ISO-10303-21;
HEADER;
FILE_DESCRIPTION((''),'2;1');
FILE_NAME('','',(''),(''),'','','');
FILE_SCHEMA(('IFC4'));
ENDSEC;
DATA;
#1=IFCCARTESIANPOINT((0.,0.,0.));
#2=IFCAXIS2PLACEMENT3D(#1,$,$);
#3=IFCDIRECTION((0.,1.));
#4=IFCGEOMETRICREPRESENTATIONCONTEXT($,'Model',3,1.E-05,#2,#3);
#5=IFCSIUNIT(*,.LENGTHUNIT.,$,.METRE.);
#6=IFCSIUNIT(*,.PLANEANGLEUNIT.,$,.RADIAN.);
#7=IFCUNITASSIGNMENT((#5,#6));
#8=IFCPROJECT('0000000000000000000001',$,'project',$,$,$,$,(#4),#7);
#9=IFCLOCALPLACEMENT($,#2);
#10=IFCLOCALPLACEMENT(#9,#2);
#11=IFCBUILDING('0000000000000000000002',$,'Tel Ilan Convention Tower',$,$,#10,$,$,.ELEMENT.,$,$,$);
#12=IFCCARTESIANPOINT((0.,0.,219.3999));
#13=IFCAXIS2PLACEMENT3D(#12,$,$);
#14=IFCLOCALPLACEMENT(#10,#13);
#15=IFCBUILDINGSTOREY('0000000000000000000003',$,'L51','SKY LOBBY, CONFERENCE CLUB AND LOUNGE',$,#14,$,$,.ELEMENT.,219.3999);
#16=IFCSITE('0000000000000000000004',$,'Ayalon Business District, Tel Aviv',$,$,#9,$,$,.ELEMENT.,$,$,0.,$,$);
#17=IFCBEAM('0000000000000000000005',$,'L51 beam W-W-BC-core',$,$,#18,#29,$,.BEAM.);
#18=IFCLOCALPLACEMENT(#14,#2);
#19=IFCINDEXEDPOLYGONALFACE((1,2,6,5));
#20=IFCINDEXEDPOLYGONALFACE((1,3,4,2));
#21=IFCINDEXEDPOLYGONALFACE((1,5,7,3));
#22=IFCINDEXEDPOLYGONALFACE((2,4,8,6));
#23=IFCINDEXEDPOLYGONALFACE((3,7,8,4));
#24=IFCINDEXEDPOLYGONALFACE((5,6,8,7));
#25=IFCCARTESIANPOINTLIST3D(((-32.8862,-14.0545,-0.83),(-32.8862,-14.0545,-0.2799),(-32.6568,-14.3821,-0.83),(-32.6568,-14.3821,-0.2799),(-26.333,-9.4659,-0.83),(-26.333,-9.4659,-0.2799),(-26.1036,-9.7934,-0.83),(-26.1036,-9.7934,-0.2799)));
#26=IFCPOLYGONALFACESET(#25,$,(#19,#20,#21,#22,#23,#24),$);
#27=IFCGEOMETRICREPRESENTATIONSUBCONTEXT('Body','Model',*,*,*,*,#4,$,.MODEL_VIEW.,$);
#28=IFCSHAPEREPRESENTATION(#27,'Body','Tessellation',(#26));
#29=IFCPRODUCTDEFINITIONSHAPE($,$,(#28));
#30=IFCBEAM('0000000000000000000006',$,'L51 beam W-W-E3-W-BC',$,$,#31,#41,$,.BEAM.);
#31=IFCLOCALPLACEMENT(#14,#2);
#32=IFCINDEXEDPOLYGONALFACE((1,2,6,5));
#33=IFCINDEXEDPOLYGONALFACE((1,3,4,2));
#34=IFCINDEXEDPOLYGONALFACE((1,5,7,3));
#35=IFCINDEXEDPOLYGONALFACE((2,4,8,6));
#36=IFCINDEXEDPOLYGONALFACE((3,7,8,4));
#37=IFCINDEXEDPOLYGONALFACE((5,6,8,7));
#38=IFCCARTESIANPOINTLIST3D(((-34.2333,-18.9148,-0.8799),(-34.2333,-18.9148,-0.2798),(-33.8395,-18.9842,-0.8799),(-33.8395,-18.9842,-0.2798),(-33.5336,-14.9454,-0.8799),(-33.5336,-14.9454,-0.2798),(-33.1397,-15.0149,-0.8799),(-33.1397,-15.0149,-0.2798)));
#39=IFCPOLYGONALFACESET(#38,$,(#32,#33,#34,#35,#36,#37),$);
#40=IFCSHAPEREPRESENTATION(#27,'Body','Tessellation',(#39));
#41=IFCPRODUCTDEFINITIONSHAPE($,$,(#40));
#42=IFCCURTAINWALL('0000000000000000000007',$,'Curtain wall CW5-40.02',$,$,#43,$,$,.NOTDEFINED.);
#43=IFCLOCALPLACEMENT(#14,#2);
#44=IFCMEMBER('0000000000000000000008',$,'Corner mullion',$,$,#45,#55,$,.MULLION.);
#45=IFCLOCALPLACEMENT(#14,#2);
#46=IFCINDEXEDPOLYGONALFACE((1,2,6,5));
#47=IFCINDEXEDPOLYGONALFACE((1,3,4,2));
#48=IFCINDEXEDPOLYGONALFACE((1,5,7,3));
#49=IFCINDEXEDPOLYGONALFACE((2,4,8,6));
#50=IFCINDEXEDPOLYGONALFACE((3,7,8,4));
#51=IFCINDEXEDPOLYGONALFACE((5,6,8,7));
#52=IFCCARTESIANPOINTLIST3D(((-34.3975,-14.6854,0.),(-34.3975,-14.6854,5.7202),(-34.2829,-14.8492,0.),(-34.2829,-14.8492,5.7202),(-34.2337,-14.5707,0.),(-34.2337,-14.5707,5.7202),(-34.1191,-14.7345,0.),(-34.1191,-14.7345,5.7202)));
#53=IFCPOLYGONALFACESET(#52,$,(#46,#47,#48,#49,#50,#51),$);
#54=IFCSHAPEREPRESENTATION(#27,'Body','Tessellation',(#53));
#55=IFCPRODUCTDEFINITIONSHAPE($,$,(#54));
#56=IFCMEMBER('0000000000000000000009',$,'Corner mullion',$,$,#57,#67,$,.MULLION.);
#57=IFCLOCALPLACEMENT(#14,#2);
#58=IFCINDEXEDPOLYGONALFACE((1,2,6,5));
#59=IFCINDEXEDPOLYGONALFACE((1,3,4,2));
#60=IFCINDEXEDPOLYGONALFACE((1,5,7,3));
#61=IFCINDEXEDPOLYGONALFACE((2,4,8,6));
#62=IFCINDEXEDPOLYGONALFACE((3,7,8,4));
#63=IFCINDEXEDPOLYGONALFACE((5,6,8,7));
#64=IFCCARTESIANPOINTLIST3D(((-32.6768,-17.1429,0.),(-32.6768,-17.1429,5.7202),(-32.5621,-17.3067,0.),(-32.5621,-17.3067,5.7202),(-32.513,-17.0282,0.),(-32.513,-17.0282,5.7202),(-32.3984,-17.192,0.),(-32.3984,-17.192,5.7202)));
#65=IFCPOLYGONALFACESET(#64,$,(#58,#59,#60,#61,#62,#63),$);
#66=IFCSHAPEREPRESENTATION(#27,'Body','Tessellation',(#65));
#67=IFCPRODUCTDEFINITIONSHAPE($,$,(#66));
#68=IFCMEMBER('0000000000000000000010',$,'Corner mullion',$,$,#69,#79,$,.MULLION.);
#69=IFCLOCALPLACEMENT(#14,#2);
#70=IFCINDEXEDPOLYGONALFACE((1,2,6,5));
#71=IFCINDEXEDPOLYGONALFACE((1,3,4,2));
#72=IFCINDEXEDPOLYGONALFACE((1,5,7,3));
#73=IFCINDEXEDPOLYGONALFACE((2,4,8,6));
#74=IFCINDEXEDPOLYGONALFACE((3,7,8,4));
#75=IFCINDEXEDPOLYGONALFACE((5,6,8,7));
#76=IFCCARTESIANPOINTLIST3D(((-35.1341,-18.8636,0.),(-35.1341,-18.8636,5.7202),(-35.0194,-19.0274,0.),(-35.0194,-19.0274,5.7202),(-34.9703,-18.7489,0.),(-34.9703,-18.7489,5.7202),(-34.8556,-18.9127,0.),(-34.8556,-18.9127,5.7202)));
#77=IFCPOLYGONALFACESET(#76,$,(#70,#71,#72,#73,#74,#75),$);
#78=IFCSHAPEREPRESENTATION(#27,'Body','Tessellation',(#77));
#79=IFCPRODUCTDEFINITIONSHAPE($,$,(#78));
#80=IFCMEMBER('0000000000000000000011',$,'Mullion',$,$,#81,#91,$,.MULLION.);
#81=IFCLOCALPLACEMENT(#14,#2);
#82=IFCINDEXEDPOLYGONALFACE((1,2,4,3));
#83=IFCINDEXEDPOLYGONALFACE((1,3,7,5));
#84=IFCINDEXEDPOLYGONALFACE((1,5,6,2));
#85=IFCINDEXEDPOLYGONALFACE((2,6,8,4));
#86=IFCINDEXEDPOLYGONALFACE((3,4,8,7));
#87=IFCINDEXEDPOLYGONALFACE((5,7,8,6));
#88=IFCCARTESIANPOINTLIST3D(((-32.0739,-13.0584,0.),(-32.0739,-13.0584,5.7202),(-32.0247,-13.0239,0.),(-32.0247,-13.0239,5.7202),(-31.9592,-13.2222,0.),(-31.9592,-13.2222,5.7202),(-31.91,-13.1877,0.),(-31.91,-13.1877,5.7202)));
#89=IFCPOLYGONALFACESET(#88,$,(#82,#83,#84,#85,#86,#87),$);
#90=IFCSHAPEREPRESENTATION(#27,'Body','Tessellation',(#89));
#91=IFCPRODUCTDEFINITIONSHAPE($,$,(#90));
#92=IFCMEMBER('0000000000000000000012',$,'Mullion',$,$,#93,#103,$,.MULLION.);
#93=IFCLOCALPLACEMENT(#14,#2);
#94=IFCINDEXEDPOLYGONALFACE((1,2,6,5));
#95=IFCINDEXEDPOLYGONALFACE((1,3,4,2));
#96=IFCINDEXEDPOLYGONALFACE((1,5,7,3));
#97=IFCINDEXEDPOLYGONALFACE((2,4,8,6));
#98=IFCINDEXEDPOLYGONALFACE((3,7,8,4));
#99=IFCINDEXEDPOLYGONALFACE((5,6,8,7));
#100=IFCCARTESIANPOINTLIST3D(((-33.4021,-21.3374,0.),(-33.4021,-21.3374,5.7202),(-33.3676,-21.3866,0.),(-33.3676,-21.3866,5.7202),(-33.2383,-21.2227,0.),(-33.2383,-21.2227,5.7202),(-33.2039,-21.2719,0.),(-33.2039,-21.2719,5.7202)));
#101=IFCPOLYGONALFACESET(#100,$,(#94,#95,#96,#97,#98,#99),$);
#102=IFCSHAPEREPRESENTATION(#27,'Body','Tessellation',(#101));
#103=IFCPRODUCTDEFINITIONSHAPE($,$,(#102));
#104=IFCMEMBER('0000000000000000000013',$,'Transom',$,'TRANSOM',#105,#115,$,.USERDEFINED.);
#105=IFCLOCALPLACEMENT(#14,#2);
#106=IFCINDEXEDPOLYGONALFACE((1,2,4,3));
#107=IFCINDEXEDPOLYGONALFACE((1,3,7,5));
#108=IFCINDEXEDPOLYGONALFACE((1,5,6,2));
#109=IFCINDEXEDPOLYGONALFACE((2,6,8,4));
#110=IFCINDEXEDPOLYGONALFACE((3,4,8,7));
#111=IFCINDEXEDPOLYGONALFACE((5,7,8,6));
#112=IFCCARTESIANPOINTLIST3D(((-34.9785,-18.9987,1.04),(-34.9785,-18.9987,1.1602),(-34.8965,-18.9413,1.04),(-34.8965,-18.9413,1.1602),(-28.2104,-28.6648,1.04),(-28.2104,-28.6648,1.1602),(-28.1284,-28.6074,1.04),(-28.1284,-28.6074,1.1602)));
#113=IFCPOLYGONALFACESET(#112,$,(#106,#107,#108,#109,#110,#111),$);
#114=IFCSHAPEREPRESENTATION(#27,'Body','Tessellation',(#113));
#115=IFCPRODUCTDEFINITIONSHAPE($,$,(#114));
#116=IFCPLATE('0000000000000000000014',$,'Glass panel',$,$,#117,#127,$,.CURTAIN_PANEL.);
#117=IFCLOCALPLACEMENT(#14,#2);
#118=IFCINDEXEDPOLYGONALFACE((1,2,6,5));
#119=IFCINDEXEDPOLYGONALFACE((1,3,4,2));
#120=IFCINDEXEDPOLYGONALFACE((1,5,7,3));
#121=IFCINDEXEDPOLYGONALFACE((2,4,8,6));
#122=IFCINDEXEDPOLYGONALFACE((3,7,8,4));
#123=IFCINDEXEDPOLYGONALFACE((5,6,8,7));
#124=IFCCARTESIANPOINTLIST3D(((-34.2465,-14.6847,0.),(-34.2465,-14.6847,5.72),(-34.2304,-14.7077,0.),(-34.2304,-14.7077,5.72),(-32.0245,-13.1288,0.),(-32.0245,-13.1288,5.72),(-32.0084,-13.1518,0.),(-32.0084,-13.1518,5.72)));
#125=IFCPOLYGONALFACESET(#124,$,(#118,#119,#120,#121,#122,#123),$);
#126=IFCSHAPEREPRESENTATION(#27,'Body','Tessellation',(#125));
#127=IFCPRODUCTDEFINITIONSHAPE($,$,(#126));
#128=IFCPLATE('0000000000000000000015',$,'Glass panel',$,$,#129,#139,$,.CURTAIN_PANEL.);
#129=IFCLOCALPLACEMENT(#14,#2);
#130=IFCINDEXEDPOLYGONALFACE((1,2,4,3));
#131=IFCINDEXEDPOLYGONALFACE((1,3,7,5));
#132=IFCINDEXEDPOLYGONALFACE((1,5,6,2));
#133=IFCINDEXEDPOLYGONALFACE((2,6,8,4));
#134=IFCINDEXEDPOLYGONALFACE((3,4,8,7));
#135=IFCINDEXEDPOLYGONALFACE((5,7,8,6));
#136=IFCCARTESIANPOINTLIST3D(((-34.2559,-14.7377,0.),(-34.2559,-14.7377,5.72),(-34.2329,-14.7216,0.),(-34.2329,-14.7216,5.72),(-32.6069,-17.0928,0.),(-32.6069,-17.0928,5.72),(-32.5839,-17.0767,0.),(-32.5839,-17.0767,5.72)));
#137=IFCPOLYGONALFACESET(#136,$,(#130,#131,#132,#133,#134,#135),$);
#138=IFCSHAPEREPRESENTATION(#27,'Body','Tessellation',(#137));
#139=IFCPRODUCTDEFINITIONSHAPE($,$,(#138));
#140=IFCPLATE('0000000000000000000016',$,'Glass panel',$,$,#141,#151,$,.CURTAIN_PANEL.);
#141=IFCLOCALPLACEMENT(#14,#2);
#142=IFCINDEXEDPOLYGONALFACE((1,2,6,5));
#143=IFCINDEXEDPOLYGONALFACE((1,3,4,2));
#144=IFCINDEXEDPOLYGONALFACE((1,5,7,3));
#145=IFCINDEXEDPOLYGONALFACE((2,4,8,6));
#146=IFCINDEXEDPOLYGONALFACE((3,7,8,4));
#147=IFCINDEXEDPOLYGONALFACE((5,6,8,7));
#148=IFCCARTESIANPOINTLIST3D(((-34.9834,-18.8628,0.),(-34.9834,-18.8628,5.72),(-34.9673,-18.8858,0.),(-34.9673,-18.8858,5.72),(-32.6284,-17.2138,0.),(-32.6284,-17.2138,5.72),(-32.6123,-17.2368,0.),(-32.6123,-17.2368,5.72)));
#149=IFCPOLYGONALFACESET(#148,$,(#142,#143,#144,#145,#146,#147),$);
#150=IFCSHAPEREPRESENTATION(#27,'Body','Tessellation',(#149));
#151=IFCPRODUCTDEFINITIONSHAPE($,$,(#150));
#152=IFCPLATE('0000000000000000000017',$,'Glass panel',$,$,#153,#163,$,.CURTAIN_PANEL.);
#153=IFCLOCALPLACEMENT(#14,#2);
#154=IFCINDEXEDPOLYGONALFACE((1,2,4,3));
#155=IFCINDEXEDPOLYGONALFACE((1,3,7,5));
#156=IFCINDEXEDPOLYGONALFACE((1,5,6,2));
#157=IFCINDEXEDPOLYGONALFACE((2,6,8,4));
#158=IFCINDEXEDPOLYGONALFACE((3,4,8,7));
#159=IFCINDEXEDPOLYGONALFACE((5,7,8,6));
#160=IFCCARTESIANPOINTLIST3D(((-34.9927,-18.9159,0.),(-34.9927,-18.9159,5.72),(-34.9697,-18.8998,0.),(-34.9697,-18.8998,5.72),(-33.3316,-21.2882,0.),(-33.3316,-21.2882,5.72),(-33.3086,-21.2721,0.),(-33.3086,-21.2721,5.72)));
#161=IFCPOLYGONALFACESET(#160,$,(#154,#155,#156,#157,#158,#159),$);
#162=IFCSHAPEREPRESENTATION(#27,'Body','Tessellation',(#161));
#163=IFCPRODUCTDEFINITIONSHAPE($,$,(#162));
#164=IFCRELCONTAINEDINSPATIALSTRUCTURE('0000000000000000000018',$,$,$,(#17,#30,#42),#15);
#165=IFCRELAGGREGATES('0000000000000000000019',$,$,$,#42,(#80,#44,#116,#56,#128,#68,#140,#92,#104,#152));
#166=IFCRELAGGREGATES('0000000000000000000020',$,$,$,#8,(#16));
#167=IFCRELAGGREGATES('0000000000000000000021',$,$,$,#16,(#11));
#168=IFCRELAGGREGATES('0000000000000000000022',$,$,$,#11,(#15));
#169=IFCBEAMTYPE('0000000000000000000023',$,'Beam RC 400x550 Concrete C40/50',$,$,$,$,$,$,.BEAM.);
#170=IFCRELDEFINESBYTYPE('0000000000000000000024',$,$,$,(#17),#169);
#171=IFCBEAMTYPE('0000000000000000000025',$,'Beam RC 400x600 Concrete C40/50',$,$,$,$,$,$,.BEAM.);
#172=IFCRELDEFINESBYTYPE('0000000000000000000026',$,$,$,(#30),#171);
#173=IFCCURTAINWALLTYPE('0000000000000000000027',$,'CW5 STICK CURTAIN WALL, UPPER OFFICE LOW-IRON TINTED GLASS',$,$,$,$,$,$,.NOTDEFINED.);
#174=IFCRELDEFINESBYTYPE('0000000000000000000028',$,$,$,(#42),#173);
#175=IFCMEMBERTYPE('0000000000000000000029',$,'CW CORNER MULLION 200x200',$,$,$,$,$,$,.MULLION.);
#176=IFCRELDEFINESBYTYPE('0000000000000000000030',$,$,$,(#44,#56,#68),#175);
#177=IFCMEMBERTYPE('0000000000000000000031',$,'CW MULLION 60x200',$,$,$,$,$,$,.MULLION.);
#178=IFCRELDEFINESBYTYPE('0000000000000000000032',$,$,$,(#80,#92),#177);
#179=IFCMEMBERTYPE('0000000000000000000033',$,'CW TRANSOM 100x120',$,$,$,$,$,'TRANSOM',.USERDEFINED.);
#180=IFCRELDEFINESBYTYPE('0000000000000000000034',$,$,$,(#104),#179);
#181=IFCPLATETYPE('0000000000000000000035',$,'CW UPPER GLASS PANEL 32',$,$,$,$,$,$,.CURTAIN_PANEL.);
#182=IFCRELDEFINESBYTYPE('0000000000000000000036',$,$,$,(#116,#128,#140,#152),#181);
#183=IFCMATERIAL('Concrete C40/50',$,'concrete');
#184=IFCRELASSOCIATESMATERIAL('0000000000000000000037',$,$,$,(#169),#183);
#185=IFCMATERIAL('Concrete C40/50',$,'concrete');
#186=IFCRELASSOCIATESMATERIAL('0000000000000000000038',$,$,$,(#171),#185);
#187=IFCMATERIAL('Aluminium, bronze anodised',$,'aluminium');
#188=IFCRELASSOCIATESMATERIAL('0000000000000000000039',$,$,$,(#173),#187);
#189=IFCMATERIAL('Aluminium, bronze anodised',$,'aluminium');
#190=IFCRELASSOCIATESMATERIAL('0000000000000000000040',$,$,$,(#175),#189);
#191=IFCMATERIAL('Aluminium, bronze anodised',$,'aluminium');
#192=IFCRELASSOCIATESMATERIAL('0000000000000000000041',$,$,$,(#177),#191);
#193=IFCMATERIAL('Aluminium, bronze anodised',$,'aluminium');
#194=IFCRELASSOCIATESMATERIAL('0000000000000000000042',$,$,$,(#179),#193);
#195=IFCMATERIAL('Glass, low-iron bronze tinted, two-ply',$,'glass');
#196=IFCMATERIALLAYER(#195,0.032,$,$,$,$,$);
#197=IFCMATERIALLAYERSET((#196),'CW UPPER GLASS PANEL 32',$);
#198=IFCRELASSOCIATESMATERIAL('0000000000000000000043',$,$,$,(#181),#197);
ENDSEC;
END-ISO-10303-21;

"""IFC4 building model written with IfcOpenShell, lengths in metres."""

from ifc_helpers import new_model, si_unit, direction, frame, origin, origin_2d, place, context, subcontext, project, spatial, rectangle, extrude, material, layer, layer_set, material_profile, profile_set, type_object, element, aggregate, save


model = new_model("IFC4")

# Units and contexts
model_context = context("Model", 3, precision=1e-05, world=origin(), true_north=direction((0.0, 1.0)))
body_context = subcontext(model_context, "Body", "Model", "MODEL_VIEW")
ifc_project = project(units=[si_unit("LENGTHUNIT", "METRE"), si_unit("PLANEANGLEUNIT", "RADIAN")], contexts=[model_context])

# Site, building, storey
site_placement = place(None, origin())
site = spatial("IfcSite", under=ifc_project, at=site_placement, Name="Ayalon Business District, Tel Aviv", CompositionType="ELEMENT", RefElevation=0.0)
building_placement = place(site_placement, origin())
building = spatial("IfcBuilding", under=site, at=building_placement, Name="Tel Ilan Convention Tower", CompositionType="ELEMENT")
storey_placement = place(building_placement, frame((0.0, 0.0, 219.3999)))
storey = spatial("IfcBuildingStorey", under=building, at=storey_placement, Name="L51", Description="SKY LOBBY, CONFERENCE CLUB AND LOUNGE", CompositionType="ELEMENT", Elevation=219.3999)

# Beams
ifc_material_1 = material(Name="Concrete C40/50", Category="concrete")
ifc_material_profile_1 = material_profile(ifc_material_1, rectangle(XDim=0.3999, YDim=0.55, at=origin_2d()), Name="RC 400x550")
ifc_profile_set_1 = profile_set([ifc_material_profile_1], Name="Concrete C40/50")
beam_type_1 = type_object("IfcBeamType", Name="Beam RC 400x550 Concrete C40/50", PredefinedType="BEAM", material=ifc_profile_set_1)
beam_1_placement = place(storey_placement, frame((-32.7715, -14.2183, -0.5549), z_axis=(0.819152, 0.573577, 0.0), x_axis=(-0.573577, 0.819152, 0.0)))
element("IfcBeam", 1, at=beam_1_placement, inside=storey, type_object=beam_type_1, Name="L51 beam W-W-BC-core", PredefinedType="BEAM", context=body_context, shape_type="SweptSolid", body=[
    extrude(rectangle(XDim=0.3999, YDim=0.55, at=origin_2d()), origin(), (0.0, 0.0, 1.0), 8.0),
])
ifc_material_2 = material(Name="Concrete C40/50", Category="concrete")
ifc_material_profile_2 = material_profile(ifc_material_2, rectangle(XDim=0.3999, YDim=0.6001, at=origin_2d()), Name="RC 400x600")
ifc_profile_set_2 = profile_set([ifc_material_profile_2], Name="Concrete C40/50")
beam_type_2 = type_object("IfcBeamType", Name="Beam RC 400x600 Concrete C40/50", PredefinedType="BEAM", material=ifc_profile_set_2)
beam_2_placement = place(storey_placement, frame((-34.0364, -18.9495, -0.5798), z_axis=(0.173606, 0.984815, 0.0), x_axis=(-0.984815, 0.173606, 0.0)))
element("IfcBeam", 2, at=beam_2_placement, inside=storey, type_object=beam_type_2, Name="L51 beam W-W-E3-W-BC", PredefinedType="BEAM", context=body_context, shape_type="SweptSolid", body=[
    extrude(rectangle(XDim=0.3999, YDim=0.6001, at=origin_2d()), origin(), (0.0, 0.0, 1.0), 4.0305),
])

# Curtain wall, members, plates
ifc_material_3 = material(Name="Aluminium, bronze anodised", Category="aluminium")
curtain_wall_type = type_object("IfcCurtainWallType", Name="CW5 STICK CURTAIN WALL, UPPER OFFICE LOW-IRON TINTED GLASS", PredefinedType="NOTDEFINED", material=ifc_material_3)
curtain_wall_placement = place(storey_placement, origin())
curtain_wall = element("IfcCurtainWall", 3, at=curtain_wall_placement, inside=storey, type_object=curtain_wall_type, Name="Curtain wall CW5-40.02", PredefinedType="NOTDEFINED")
ifc_material_4 = material(Name="Aluminium, bronze anodised", Category="aluminium")
ifc_material_profile_3 = material_profile(ifc_material_4, rectangle(XDim=0.2, YDim=0.2, at=origin_2d()), Name="CW CORNER MULLION 200x200")
ifc_profile_set_3 = profile_set([ifc_material_profile_3], Name="Aluminium, bronze anodised")
member_type_1 = type_object("IfcMemberType", Name="CW CORNER MULLION 200x200", PredefinedType="MULLION", material=ifc_profile_set_3)
member_1_placement = place(storey_placement, frame((-34.2583, -14.71, 0.0), z_axis=(0.0, 0.0, 1.0), x_axis=(-0.819152, -0.573576, 0.0)))
member_1 = element("IfcMember", 4, at=member_1_placement, type_object=member_type_1, Name="Corner mullion", PredefinedType="MULLION", context=body_context, shape_type="SweptSolid", body=[
    extrude(rectangle(XDim=0.2, YDim=0.2, at=origin_2d()), origin(), (0.0, 0.0, 1.0), 5.7202),
])
member_2_placement = place(storey_placement, frame((-32.5376, -17.1675, 0.0), z_axis=(0.0, 0.0, 1.0), x_axis=(0.573576, -0.819152, 0.0)))
member_2 = element("IfcMember", 5, at=member_2_placement, type_object=member_type_1, Name="Corner mullion", PredefinedType="MULLION", context=body_context, shape_type="SweptSolid", body=[
    extrude(rectangle(XDim=0.2, YDim=0.2, at=origin_2d()), origin(), (0.0, 0.0, 1.0), 5.7202),
])
member_3_placement = place(storey_placement, frame((-34.9949, -18.8882, 0.0), z_axis=(0.0, 0.0, 1.0), x_axis=(-0.819152, -0.573576, 0.0)))
member_3 = element("IfcMember", 6, at=member_3_placement, type_object=member_type_1, Name="Corner mullion", PredefinedType="MULLION", context=body_context, shape_type="SweptSolid", body=[
    extrude(rectangle(XDim=0.2, YDim=0.2, at=origin_2d()), origin(), (0.0, 0.0, 1.0), 5.7202),
])
ifc_material_5 = material(Name="Aluminium, bronze anodised", Category="aluminium")
ifc_material_profile_4 = material_profile(ifc_material_5, rectangle(XDim=0.0601, YDim=0.2, at=origin_2d()), Name="CW MULLION 60x200")
ifc_profile_set_4 = profile_set([ifc_material_profile_4], Name="Aluminium, bronze anodised")
member_type_2 = type_object("IfcMemberType", Name="CW MULLION 60x200", PredefinedType="MULLION", material=ifc_profile_set_4)
member_4_placement = place(storey_placement, frame((-31.9919, -13.123, 0.0), z_axis=(0.0, 0.0, 1.0), x_axis=(-0.819152, -0.573576, 0.0)))
member_4 = element("IfcMember", 7, at=member_4_placement, type_object=member_type_2, Name="Mullion", PredefinedType="MULLION", context=body_context, shape_type="SweptSolid", body=[
    extrude(rectangle(XDim=0.0601, YDim=0.2, at=origin_2d()), origin(), (0.0, 0.0, 1.0), 5.7202),
])
member_5_placement = place(storey_placement, frame((-33.303, -21.3047, 0.0), z_axis=(0.0, 0.0, 1.0), x_axis=(0.573576, -0.819152, 0.0)))
member_5 = element("IfcMember", 8, at=member_5_placement, type_object=member_type_2, Name="Mullion", PredefinedType="MULLION", context=body_context, shape_type="SweptSolid", body=[
    extrude(rectangle(XDim=0.0601, YDim=0.2, at=origin_2d()), origin(), (0.0, 0.0, 1.0), 5.7202),
])
ifc_material_6 = material(Name="Aluminium, bronze anodised", Category="aluminium")
ifc_material_profile_5 = material_profile(ifc_material_6, rectangle(XDim=0.1001, YDim=0.1201, at=origin_2d()), Name="CW TRANSOM 100x120")
ifc_profile_set_5 = profile_set([ifc_material_profile_5], Name="Aluminium, bronze anodised")
member_type_3 = type_object("IfcMemberType", Name="CW TRANSOM 100x120", ElementType="TRANSOM", PredefinedType="USERDEFINED", material=ifc_profile_set_5)
member_6_placement = place(storey_placement, frame((-34.9375, -18.97, 1.1001), z_axis=(0.573568, -0.819158, 0.0), x_axis=(0.819158, 0.573568, 0.0)))
member_6 = element("IfcMember", 9, at=member_6_placement, type_object=member_type_3, Name="Transom", ObjectType="TRANSOM", PredefinedType="USERDEFINED", context=body_context, shape_type="SweptSolid", body=[
    extrude(rectangle(XDim=0.1001, YDim=0.1201, at=origin_2d()), origin(), (0.0, 0.0, 1.0), 11.8),
])
ifc_material_7 = material(Name="Glass, low-iron bronze tinted, two-ply", Category="glass")
ifc_layer_1 = layer(ifc_material_7, 0.032)
ifc_layer_set_1 = layer_set([ifc_layer_1], Name="CW UPPER GLASS PANEL 32")
plate_type = type_object("IfcPlateType", Name="CW UPPER GLASS PANEL 32", PredefinedType="CURTAIN_PANEL", material=ifc_layer_set_1)
plate_1_placement = place(storey_placement, frame((-33.1274, -13.9182, 0.0), z_axis=(0.0, 0.0, 1.0), x_axis=(-0.819152, -0.573576, 0.0)))
plate_1 = element("IfcPlate", 10, at=plate_1_placement, type_object=plate_type, Name="Glass panel", PredefinedType="CURTAIN_PANEL", context=body_context, shape_type="SweptSolid", body=[
    extrude(rectangle(XDim=2.7126, YDim=0.0281, at=origin_2d()), origin(), (0.0, 0.0, 1.0), 5.72),
])
plate_2_placement = place(storey_placement, frame((-33.4199, -15.9072, 0.0), z_axis=(0.0, 0.0, 1.0), x_axis=(0.573576, -0.819152, 0.0)))
plate_2 = element("IfcPlate", 11, at=plate_2_placement, type_object=plate_type, Name="Glass panel", PredefinedType="CURTAIN_PANEL", context=body_context, shape_type="SweptSolid", body=[
    extrude(rectangle(XDim=2.875, YDim=0.0281, at=origin_2d()), origin(), (0.0, 0.0, 1.0), 5.72),
])
plate_3_placement = place(storey_placement, frame((-33.7979, -18.0498, 0.0), z_axis=(0.0, 0.0, 1.0), x_axis=(-0.819152, -0.573576, 0.0)))
plate_3 = element("IfcPlate", 12, at=plate_3_placement, type_object=plate_type, Name="Glass panel", PredefinedType="CURTAIN_PANEL", context=body_context, shape_type="SweptSolid", body=[
    extrude(rectangle(XDim=2.875, YDim=0.0281, at=origin_2d()), origin(), (0.0, 0.0, 1.0), 5.72),
])
plate_4_placement = place(storey_placement, frame((-34.1506, -20.094, 0.0), z_axis=(0.0, 0.0, 1.0), x_axis=(0.573576, -0.819152, 0.0)))
plate_4 = element("IfcPlate", 13, at=plate_4_placement, type_object=plate_type, Name="Glass panel", PredefinedType="CURTAIN_PANEL", context=body_context, shape_type="SweptSolid", body=[
    extrude(rectangle(XDim=2.896, YDim=0.0281, at=origin_2d()), origin(), (0.0, 0.0, 1.0), 5.72),
])
aggregate(curtain_wall, [member_4, member_1, plate_1, member_2, plate_2, member_3, plate_3, member_5, member_6, plate_4])

save(model, "model.ifc")
